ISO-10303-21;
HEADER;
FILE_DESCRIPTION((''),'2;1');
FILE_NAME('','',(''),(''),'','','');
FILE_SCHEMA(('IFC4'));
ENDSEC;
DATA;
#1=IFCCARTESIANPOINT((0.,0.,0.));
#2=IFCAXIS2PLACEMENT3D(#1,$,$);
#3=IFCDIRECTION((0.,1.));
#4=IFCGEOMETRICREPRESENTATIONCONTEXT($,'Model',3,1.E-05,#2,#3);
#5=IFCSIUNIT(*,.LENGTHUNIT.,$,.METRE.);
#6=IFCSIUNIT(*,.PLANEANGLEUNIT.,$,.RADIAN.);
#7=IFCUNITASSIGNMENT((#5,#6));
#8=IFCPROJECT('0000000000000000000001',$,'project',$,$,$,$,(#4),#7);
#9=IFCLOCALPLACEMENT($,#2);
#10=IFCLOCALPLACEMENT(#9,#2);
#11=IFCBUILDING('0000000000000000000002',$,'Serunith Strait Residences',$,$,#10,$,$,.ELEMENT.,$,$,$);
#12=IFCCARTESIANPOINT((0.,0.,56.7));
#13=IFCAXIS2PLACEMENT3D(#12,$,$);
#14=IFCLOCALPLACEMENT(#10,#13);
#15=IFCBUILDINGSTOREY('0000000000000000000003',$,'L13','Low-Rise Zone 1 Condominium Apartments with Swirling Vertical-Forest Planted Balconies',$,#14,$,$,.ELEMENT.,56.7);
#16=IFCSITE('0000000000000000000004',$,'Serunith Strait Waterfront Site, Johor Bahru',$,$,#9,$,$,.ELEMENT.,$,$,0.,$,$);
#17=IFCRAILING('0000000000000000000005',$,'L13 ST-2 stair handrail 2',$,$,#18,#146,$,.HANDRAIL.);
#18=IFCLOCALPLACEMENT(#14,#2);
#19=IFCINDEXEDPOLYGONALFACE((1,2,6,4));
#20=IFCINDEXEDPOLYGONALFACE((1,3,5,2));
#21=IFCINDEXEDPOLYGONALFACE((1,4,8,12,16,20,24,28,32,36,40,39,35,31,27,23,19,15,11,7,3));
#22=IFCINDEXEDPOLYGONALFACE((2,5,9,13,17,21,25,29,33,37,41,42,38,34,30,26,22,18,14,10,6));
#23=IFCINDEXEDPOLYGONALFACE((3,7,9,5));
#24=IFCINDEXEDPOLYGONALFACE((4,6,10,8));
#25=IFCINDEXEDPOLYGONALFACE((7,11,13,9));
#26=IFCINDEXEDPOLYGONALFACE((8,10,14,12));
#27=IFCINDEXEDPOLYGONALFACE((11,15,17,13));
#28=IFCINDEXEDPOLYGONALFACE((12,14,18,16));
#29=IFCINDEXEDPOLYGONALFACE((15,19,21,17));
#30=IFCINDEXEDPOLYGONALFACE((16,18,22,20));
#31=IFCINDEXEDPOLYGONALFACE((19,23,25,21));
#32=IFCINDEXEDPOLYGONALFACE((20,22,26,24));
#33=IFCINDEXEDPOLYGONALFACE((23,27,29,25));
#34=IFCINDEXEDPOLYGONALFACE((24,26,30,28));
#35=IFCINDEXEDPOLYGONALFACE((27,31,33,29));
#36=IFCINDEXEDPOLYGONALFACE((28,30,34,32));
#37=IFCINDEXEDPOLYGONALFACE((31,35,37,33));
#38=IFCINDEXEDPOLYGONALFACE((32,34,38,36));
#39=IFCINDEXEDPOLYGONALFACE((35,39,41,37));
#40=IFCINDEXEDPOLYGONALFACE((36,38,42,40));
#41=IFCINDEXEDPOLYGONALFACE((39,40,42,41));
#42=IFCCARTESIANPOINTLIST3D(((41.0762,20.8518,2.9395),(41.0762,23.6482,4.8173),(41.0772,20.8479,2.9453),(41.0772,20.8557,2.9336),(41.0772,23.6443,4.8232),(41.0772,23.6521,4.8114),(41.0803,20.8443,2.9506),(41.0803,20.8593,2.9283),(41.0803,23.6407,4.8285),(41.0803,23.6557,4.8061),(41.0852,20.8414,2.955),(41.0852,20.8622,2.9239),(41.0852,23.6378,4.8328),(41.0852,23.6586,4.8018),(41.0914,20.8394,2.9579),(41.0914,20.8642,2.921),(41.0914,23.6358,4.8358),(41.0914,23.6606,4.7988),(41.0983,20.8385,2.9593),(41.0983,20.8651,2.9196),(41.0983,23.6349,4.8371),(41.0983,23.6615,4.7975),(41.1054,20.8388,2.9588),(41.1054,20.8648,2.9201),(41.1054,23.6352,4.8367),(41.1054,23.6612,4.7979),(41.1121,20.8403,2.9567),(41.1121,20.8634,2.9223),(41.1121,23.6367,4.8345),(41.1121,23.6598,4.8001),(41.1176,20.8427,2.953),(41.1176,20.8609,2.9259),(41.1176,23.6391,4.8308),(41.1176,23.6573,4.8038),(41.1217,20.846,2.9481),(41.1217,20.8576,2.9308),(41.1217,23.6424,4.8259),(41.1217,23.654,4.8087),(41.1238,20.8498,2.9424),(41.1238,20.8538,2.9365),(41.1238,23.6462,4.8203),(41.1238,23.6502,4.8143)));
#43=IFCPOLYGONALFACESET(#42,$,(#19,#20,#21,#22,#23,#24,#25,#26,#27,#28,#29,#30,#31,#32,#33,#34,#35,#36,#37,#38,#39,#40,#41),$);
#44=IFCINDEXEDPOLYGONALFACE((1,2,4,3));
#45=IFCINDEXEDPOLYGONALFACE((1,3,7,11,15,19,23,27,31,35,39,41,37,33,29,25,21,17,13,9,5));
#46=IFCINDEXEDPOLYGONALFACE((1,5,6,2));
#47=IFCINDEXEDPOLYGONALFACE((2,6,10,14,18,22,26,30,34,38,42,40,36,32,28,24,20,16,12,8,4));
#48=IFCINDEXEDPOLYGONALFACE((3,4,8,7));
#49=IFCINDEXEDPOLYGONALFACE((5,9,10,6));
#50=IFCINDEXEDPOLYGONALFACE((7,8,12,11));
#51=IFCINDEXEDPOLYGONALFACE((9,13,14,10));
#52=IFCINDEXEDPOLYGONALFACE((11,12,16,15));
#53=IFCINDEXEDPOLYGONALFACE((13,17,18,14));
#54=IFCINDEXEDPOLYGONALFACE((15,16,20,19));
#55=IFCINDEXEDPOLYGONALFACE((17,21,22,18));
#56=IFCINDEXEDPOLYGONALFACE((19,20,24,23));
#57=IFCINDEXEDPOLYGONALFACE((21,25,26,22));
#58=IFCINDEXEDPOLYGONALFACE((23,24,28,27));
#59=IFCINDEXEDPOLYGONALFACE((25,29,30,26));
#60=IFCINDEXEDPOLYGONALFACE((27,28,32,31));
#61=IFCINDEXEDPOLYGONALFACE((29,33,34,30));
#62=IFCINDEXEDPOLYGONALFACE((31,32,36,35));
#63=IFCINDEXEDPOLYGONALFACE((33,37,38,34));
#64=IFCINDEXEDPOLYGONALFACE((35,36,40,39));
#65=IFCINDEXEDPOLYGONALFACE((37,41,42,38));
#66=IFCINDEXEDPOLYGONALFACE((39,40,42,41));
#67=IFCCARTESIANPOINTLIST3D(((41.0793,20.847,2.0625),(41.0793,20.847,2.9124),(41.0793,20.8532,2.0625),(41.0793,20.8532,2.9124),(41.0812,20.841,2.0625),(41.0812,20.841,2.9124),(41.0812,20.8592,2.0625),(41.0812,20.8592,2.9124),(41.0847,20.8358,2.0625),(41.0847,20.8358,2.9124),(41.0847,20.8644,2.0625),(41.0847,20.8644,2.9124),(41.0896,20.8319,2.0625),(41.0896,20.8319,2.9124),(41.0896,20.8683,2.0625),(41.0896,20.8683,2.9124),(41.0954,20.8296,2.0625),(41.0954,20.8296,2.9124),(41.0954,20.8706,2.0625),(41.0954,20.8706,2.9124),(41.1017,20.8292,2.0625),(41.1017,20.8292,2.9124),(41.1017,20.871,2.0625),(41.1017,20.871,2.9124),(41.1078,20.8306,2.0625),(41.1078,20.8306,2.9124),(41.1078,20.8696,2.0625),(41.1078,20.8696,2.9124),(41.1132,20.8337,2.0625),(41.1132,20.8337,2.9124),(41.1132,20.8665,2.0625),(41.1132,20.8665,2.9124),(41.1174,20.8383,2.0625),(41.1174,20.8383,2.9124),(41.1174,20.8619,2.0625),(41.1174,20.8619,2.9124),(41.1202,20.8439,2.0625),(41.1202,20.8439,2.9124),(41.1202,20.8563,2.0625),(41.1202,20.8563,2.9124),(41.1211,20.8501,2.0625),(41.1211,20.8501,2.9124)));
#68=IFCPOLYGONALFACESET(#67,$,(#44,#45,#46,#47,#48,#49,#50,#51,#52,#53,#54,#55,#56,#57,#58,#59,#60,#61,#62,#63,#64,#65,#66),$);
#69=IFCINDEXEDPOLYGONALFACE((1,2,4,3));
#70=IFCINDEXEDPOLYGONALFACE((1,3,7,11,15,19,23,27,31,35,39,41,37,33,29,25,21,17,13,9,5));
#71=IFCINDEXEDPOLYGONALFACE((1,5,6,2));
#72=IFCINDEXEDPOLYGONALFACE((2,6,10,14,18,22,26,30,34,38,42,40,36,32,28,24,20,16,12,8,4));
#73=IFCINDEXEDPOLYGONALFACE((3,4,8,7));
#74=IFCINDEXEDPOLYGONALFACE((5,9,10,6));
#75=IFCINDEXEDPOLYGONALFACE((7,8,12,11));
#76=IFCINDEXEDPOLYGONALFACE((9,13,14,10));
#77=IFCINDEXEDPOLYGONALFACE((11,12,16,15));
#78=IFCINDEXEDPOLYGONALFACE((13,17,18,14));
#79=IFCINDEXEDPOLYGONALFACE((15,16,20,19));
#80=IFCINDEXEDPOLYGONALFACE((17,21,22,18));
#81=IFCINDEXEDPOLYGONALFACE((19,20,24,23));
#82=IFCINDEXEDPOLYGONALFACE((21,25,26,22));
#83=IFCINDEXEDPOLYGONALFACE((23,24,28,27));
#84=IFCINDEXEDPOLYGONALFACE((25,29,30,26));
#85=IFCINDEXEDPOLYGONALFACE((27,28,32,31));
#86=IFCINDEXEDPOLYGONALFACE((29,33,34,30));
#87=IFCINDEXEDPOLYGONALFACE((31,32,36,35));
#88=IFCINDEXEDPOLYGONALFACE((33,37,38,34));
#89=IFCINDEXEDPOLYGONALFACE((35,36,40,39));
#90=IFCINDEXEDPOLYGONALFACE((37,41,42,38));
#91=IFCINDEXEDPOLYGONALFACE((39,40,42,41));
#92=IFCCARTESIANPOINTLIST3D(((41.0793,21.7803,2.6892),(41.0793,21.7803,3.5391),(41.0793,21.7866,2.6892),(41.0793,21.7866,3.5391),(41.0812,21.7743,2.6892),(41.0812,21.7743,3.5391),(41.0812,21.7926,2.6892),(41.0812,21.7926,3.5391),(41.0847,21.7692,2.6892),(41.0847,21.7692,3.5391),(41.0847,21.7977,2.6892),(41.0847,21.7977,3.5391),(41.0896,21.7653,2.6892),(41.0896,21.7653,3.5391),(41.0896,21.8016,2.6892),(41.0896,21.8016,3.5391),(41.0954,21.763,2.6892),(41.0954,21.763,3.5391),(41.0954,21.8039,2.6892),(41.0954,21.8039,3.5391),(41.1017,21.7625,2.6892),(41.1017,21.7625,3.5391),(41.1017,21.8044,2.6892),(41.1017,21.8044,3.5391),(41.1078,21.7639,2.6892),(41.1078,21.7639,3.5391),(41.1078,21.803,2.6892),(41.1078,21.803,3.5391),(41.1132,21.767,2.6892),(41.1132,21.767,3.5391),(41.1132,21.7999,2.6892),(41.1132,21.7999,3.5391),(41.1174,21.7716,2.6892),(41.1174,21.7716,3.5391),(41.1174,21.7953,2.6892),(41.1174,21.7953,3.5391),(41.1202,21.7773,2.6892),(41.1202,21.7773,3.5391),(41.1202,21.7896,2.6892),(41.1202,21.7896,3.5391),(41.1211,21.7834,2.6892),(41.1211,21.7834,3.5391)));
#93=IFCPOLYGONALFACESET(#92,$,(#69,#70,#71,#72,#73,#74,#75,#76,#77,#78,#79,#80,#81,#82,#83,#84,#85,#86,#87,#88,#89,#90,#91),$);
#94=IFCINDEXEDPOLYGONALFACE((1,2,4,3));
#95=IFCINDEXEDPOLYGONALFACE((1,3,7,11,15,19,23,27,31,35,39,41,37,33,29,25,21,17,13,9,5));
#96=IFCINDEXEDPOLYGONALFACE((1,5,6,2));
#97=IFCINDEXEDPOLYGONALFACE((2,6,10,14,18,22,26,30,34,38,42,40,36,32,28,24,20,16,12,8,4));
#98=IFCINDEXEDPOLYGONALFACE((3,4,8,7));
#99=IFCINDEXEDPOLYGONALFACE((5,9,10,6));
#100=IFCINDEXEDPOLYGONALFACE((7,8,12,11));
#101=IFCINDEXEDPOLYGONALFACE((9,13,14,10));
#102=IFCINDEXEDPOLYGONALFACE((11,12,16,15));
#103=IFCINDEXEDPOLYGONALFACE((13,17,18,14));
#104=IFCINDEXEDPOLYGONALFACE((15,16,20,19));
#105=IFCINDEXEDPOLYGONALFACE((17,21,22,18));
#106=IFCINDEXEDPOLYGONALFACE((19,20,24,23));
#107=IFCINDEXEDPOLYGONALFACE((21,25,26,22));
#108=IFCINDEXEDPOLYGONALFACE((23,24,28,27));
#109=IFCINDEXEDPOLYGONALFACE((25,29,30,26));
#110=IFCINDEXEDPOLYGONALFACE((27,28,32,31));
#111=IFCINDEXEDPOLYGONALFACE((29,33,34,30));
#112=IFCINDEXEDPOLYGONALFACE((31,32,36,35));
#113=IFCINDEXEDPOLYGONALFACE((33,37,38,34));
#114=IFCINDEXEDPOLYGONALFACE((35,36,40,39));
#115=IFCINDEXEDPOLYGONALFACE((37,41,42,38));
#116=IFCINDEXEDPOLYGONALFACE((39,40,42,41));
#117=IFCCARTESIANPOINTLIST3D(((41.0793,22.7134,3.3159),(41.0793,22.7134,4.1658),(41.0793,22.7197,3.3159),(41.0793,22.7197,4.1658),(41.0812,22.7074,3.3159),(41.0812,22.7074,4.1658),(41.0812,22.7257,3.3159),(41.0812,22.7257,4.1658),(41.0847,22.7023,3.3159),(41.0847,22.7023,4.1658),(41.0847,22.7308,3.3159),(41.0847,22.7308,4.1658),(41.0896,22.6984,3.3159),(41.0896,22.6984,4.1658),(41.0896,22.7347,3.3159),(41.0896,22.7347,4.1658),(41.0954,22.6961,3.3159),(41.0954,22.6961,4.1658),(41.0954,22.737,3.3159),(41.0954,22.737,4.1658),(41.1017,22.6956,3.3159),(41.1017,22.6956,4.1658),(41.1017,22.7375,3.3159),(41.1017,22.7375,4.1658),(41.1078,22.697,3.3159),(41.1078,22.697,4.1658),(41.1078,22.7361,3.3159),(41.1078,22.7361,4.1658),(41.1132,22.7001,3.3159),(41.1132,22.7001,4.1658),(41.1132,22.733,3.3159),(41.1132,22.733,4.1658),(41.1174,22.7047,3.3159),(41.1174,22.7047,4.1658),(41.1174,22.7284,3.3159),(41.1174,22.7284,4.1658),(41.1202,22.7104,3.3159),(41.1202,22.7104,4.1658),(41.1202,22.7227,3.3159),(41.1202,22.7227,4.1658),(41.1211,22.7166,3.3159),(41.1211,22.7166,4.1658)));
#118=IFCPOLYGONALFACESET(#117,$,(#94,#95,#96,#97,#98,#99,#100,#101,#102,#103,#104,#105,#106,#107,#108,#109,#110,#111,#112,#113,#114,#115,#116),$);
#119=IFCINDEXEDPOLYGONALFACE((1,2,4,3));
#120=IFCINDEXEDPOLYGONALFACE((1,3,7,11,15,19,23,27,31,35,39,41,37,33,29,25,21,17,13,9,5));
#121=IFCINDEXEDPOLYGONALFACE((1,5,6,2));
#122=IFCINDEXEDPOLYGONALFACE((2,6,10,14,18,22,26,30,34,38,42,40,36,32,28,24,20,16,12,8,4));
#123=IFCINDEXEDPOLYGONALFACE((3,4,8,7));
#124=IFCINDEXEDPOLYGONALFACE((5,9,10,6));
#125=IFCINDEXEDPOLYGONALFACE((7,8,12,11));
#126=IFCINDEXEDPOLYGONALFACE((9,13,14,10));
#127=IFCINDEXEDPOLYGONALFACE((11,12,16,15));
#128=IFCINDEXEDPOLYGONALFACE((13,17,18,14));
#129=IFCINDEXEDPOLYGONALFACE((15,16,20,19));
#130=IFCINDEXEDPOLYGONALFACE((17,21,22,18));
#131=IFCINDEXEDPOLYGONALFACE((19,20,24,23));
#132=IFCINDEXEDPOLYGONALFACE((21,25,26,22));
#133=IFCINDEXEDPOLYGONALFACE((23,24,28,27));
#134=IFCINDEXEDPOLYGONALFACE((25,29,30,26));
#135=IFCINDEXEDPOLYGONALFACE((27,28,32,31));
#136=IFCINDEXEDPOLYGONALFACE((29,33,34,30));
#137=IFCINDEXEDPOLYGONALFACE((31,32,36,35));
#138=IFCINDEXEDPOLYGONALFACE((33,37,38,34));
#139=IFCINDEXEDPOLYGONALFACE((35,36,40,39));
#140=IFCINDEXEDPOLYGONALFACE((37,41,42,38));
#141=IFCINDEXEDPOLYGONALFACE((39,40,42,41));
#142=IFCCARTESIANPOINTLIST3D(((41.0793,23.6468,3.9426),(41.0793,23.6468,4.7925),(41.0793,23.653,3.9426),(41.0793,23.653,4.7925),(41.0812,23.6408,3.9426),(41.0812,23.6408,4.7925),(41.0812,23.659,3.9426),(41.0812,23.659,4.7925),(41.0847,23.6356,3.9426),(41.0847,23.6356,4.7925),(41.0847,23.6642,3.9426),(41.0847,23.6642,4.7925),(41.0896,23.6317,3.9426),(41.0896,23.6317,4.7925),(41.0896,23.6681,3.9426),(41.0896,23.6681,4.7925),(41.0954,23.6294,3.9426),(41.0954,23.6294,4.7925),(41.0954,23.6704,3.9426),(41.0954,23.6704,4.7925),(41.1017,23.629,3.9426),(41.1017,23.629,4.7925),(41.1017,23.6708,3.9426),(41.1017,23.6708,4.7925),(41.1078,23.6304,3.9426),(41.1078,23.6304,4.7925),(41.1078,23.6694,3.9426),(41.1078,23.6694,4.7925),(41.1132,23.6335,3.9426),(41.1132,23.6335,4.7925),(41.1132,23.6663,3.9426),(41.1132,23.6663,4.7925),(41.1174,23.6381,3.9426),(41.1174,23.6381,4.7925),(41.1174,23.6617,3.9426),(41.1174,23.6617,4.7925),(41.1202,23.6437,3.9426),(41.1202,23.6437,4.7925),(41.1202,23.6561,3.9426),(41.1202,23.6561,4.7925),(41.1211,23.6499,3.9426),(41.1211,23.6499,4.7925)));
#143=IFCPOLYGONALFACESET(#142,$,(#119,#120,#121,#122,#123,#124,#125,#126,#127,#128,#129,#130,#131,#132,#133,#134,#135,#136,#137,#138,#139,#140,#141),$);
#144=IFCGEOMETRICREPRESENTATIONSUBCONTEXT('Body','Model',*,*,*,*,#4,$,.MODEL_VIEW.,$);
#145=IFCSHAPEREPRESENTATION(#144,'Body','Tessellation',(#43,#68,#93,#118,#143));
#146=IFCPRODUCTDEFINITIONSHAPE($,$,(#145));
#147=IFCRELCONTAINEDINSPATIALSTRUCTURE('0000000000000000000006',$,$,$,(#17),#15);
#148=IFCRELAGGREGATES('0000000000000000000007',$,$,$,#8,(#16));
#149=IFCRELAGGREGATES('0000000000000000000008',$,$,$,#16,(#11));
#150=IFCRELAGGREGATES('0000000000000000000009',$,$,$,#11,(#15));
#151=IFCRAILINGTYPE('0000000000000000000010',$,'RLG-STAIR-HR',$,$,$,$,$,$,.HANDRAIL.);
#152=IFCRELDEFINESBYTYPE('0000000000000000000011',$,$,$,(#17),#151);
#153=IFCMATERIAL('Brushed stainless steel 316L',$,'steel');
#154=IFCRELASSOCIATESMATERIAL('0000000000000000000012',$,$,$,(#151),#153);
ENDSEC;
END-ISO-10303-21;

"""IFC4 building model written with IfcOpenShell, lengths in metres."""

from ifc_helpers import new_model, si_unit, direction, frame, origin, origin_2d, place, context, subcontext, project, spatial, circle, extrude, material, type_object, element, save


model = new_model("IFC4")

# Units and contexts
model_context = context("Model", 3, precision=1e-05, world=origin(), true_north=direction((0.0, 1.0)))
body_context = subcontext(model_context, "Body", "Model", "MODEL_VIEW")
ifc_project = project(units=[si_unit("LENGTHUNIT", "METRE"), si_unit("PLANEANGLEUNIT", "RADIAN")], contexts=[model_context])

# Site, building, storey
site_placement = place(None, origin())
site = spatial("IfcSite", under=ifc_project, at=site_placement, Name="Serunith Strait Waterfront Site, Johor Bahru", CompositionType="ELEMENT", RefElevation=0.0)
building_placement = place(site_placement, origin())
building = spatial("IfcBuilding", under=site, at=building_placement, Name="Serunith Strait Residences", CompositionType="ELEMENT")
storey_placement = place(building_placement, frame((0.0, 0.0, 56.7)))
storey = spatial("IfcBuildingStorey", under=building, at=storey_placement, Name="L13", Description="Low-Rise Zone 1 Condominium Apartments with Swirling Vertical-Forest Planted Balconies", CompositionType="ELEMENT", Elevation=56.7)

# Railing
ifc_material_1 = material(Name="Brushed stainless steel 316L", Category="steel")
railing_type_1 = type_object("IfcRailingType", Name="RLG-STAIR-HR", PredefinedType="HANDRAIL", material=ifc_material_1)
railing_1_placement = place(storey_placement, frame((41.1001, 20.8501, 2.0625)))
element("IfcRailing", 1, at=railing_1_placement, inside=storey, type_object=railing_type_1, Name="L13 ST-2 stair handrail 2", PredefinedType="HANDRAIL", context=body_context, shape_type="SweptSolid", body=[
    extrude(circle(Radius=0.0239, at=origin_2d()), frame((0.0, 0.0017, 0.877), z_axis=(0.0, 0.830186, 0.557487), x_axis=(-1.0, 0.0, 0.0)), (0.0, 0.0, 1.0), 3.3684),
    extrude(circle(Radius=0.021, at=origin_2d()), origin(), (0.0, 0.0, 1.0), 0.8499),
    extrude(circle(Radius=0.021, at=origin_2d()), frame((0.0, 0.9333, 0.6267)), (0.0, 0.0, 1.0), 0.8499),
    extrude(circle(Radius=0.021, at=origin_2d()), frame((0.0, 1.8665, 1.2534)), (0.0, 0.0, 1.0), 0.8499),
    extrude(circle(Radius=0.021, at=origin_2d()), frame((0.0, 2.7998, 1.8801)), (0.0, 0.0, 1.0), 0.8499),
])

save(model, "model.ifc")
